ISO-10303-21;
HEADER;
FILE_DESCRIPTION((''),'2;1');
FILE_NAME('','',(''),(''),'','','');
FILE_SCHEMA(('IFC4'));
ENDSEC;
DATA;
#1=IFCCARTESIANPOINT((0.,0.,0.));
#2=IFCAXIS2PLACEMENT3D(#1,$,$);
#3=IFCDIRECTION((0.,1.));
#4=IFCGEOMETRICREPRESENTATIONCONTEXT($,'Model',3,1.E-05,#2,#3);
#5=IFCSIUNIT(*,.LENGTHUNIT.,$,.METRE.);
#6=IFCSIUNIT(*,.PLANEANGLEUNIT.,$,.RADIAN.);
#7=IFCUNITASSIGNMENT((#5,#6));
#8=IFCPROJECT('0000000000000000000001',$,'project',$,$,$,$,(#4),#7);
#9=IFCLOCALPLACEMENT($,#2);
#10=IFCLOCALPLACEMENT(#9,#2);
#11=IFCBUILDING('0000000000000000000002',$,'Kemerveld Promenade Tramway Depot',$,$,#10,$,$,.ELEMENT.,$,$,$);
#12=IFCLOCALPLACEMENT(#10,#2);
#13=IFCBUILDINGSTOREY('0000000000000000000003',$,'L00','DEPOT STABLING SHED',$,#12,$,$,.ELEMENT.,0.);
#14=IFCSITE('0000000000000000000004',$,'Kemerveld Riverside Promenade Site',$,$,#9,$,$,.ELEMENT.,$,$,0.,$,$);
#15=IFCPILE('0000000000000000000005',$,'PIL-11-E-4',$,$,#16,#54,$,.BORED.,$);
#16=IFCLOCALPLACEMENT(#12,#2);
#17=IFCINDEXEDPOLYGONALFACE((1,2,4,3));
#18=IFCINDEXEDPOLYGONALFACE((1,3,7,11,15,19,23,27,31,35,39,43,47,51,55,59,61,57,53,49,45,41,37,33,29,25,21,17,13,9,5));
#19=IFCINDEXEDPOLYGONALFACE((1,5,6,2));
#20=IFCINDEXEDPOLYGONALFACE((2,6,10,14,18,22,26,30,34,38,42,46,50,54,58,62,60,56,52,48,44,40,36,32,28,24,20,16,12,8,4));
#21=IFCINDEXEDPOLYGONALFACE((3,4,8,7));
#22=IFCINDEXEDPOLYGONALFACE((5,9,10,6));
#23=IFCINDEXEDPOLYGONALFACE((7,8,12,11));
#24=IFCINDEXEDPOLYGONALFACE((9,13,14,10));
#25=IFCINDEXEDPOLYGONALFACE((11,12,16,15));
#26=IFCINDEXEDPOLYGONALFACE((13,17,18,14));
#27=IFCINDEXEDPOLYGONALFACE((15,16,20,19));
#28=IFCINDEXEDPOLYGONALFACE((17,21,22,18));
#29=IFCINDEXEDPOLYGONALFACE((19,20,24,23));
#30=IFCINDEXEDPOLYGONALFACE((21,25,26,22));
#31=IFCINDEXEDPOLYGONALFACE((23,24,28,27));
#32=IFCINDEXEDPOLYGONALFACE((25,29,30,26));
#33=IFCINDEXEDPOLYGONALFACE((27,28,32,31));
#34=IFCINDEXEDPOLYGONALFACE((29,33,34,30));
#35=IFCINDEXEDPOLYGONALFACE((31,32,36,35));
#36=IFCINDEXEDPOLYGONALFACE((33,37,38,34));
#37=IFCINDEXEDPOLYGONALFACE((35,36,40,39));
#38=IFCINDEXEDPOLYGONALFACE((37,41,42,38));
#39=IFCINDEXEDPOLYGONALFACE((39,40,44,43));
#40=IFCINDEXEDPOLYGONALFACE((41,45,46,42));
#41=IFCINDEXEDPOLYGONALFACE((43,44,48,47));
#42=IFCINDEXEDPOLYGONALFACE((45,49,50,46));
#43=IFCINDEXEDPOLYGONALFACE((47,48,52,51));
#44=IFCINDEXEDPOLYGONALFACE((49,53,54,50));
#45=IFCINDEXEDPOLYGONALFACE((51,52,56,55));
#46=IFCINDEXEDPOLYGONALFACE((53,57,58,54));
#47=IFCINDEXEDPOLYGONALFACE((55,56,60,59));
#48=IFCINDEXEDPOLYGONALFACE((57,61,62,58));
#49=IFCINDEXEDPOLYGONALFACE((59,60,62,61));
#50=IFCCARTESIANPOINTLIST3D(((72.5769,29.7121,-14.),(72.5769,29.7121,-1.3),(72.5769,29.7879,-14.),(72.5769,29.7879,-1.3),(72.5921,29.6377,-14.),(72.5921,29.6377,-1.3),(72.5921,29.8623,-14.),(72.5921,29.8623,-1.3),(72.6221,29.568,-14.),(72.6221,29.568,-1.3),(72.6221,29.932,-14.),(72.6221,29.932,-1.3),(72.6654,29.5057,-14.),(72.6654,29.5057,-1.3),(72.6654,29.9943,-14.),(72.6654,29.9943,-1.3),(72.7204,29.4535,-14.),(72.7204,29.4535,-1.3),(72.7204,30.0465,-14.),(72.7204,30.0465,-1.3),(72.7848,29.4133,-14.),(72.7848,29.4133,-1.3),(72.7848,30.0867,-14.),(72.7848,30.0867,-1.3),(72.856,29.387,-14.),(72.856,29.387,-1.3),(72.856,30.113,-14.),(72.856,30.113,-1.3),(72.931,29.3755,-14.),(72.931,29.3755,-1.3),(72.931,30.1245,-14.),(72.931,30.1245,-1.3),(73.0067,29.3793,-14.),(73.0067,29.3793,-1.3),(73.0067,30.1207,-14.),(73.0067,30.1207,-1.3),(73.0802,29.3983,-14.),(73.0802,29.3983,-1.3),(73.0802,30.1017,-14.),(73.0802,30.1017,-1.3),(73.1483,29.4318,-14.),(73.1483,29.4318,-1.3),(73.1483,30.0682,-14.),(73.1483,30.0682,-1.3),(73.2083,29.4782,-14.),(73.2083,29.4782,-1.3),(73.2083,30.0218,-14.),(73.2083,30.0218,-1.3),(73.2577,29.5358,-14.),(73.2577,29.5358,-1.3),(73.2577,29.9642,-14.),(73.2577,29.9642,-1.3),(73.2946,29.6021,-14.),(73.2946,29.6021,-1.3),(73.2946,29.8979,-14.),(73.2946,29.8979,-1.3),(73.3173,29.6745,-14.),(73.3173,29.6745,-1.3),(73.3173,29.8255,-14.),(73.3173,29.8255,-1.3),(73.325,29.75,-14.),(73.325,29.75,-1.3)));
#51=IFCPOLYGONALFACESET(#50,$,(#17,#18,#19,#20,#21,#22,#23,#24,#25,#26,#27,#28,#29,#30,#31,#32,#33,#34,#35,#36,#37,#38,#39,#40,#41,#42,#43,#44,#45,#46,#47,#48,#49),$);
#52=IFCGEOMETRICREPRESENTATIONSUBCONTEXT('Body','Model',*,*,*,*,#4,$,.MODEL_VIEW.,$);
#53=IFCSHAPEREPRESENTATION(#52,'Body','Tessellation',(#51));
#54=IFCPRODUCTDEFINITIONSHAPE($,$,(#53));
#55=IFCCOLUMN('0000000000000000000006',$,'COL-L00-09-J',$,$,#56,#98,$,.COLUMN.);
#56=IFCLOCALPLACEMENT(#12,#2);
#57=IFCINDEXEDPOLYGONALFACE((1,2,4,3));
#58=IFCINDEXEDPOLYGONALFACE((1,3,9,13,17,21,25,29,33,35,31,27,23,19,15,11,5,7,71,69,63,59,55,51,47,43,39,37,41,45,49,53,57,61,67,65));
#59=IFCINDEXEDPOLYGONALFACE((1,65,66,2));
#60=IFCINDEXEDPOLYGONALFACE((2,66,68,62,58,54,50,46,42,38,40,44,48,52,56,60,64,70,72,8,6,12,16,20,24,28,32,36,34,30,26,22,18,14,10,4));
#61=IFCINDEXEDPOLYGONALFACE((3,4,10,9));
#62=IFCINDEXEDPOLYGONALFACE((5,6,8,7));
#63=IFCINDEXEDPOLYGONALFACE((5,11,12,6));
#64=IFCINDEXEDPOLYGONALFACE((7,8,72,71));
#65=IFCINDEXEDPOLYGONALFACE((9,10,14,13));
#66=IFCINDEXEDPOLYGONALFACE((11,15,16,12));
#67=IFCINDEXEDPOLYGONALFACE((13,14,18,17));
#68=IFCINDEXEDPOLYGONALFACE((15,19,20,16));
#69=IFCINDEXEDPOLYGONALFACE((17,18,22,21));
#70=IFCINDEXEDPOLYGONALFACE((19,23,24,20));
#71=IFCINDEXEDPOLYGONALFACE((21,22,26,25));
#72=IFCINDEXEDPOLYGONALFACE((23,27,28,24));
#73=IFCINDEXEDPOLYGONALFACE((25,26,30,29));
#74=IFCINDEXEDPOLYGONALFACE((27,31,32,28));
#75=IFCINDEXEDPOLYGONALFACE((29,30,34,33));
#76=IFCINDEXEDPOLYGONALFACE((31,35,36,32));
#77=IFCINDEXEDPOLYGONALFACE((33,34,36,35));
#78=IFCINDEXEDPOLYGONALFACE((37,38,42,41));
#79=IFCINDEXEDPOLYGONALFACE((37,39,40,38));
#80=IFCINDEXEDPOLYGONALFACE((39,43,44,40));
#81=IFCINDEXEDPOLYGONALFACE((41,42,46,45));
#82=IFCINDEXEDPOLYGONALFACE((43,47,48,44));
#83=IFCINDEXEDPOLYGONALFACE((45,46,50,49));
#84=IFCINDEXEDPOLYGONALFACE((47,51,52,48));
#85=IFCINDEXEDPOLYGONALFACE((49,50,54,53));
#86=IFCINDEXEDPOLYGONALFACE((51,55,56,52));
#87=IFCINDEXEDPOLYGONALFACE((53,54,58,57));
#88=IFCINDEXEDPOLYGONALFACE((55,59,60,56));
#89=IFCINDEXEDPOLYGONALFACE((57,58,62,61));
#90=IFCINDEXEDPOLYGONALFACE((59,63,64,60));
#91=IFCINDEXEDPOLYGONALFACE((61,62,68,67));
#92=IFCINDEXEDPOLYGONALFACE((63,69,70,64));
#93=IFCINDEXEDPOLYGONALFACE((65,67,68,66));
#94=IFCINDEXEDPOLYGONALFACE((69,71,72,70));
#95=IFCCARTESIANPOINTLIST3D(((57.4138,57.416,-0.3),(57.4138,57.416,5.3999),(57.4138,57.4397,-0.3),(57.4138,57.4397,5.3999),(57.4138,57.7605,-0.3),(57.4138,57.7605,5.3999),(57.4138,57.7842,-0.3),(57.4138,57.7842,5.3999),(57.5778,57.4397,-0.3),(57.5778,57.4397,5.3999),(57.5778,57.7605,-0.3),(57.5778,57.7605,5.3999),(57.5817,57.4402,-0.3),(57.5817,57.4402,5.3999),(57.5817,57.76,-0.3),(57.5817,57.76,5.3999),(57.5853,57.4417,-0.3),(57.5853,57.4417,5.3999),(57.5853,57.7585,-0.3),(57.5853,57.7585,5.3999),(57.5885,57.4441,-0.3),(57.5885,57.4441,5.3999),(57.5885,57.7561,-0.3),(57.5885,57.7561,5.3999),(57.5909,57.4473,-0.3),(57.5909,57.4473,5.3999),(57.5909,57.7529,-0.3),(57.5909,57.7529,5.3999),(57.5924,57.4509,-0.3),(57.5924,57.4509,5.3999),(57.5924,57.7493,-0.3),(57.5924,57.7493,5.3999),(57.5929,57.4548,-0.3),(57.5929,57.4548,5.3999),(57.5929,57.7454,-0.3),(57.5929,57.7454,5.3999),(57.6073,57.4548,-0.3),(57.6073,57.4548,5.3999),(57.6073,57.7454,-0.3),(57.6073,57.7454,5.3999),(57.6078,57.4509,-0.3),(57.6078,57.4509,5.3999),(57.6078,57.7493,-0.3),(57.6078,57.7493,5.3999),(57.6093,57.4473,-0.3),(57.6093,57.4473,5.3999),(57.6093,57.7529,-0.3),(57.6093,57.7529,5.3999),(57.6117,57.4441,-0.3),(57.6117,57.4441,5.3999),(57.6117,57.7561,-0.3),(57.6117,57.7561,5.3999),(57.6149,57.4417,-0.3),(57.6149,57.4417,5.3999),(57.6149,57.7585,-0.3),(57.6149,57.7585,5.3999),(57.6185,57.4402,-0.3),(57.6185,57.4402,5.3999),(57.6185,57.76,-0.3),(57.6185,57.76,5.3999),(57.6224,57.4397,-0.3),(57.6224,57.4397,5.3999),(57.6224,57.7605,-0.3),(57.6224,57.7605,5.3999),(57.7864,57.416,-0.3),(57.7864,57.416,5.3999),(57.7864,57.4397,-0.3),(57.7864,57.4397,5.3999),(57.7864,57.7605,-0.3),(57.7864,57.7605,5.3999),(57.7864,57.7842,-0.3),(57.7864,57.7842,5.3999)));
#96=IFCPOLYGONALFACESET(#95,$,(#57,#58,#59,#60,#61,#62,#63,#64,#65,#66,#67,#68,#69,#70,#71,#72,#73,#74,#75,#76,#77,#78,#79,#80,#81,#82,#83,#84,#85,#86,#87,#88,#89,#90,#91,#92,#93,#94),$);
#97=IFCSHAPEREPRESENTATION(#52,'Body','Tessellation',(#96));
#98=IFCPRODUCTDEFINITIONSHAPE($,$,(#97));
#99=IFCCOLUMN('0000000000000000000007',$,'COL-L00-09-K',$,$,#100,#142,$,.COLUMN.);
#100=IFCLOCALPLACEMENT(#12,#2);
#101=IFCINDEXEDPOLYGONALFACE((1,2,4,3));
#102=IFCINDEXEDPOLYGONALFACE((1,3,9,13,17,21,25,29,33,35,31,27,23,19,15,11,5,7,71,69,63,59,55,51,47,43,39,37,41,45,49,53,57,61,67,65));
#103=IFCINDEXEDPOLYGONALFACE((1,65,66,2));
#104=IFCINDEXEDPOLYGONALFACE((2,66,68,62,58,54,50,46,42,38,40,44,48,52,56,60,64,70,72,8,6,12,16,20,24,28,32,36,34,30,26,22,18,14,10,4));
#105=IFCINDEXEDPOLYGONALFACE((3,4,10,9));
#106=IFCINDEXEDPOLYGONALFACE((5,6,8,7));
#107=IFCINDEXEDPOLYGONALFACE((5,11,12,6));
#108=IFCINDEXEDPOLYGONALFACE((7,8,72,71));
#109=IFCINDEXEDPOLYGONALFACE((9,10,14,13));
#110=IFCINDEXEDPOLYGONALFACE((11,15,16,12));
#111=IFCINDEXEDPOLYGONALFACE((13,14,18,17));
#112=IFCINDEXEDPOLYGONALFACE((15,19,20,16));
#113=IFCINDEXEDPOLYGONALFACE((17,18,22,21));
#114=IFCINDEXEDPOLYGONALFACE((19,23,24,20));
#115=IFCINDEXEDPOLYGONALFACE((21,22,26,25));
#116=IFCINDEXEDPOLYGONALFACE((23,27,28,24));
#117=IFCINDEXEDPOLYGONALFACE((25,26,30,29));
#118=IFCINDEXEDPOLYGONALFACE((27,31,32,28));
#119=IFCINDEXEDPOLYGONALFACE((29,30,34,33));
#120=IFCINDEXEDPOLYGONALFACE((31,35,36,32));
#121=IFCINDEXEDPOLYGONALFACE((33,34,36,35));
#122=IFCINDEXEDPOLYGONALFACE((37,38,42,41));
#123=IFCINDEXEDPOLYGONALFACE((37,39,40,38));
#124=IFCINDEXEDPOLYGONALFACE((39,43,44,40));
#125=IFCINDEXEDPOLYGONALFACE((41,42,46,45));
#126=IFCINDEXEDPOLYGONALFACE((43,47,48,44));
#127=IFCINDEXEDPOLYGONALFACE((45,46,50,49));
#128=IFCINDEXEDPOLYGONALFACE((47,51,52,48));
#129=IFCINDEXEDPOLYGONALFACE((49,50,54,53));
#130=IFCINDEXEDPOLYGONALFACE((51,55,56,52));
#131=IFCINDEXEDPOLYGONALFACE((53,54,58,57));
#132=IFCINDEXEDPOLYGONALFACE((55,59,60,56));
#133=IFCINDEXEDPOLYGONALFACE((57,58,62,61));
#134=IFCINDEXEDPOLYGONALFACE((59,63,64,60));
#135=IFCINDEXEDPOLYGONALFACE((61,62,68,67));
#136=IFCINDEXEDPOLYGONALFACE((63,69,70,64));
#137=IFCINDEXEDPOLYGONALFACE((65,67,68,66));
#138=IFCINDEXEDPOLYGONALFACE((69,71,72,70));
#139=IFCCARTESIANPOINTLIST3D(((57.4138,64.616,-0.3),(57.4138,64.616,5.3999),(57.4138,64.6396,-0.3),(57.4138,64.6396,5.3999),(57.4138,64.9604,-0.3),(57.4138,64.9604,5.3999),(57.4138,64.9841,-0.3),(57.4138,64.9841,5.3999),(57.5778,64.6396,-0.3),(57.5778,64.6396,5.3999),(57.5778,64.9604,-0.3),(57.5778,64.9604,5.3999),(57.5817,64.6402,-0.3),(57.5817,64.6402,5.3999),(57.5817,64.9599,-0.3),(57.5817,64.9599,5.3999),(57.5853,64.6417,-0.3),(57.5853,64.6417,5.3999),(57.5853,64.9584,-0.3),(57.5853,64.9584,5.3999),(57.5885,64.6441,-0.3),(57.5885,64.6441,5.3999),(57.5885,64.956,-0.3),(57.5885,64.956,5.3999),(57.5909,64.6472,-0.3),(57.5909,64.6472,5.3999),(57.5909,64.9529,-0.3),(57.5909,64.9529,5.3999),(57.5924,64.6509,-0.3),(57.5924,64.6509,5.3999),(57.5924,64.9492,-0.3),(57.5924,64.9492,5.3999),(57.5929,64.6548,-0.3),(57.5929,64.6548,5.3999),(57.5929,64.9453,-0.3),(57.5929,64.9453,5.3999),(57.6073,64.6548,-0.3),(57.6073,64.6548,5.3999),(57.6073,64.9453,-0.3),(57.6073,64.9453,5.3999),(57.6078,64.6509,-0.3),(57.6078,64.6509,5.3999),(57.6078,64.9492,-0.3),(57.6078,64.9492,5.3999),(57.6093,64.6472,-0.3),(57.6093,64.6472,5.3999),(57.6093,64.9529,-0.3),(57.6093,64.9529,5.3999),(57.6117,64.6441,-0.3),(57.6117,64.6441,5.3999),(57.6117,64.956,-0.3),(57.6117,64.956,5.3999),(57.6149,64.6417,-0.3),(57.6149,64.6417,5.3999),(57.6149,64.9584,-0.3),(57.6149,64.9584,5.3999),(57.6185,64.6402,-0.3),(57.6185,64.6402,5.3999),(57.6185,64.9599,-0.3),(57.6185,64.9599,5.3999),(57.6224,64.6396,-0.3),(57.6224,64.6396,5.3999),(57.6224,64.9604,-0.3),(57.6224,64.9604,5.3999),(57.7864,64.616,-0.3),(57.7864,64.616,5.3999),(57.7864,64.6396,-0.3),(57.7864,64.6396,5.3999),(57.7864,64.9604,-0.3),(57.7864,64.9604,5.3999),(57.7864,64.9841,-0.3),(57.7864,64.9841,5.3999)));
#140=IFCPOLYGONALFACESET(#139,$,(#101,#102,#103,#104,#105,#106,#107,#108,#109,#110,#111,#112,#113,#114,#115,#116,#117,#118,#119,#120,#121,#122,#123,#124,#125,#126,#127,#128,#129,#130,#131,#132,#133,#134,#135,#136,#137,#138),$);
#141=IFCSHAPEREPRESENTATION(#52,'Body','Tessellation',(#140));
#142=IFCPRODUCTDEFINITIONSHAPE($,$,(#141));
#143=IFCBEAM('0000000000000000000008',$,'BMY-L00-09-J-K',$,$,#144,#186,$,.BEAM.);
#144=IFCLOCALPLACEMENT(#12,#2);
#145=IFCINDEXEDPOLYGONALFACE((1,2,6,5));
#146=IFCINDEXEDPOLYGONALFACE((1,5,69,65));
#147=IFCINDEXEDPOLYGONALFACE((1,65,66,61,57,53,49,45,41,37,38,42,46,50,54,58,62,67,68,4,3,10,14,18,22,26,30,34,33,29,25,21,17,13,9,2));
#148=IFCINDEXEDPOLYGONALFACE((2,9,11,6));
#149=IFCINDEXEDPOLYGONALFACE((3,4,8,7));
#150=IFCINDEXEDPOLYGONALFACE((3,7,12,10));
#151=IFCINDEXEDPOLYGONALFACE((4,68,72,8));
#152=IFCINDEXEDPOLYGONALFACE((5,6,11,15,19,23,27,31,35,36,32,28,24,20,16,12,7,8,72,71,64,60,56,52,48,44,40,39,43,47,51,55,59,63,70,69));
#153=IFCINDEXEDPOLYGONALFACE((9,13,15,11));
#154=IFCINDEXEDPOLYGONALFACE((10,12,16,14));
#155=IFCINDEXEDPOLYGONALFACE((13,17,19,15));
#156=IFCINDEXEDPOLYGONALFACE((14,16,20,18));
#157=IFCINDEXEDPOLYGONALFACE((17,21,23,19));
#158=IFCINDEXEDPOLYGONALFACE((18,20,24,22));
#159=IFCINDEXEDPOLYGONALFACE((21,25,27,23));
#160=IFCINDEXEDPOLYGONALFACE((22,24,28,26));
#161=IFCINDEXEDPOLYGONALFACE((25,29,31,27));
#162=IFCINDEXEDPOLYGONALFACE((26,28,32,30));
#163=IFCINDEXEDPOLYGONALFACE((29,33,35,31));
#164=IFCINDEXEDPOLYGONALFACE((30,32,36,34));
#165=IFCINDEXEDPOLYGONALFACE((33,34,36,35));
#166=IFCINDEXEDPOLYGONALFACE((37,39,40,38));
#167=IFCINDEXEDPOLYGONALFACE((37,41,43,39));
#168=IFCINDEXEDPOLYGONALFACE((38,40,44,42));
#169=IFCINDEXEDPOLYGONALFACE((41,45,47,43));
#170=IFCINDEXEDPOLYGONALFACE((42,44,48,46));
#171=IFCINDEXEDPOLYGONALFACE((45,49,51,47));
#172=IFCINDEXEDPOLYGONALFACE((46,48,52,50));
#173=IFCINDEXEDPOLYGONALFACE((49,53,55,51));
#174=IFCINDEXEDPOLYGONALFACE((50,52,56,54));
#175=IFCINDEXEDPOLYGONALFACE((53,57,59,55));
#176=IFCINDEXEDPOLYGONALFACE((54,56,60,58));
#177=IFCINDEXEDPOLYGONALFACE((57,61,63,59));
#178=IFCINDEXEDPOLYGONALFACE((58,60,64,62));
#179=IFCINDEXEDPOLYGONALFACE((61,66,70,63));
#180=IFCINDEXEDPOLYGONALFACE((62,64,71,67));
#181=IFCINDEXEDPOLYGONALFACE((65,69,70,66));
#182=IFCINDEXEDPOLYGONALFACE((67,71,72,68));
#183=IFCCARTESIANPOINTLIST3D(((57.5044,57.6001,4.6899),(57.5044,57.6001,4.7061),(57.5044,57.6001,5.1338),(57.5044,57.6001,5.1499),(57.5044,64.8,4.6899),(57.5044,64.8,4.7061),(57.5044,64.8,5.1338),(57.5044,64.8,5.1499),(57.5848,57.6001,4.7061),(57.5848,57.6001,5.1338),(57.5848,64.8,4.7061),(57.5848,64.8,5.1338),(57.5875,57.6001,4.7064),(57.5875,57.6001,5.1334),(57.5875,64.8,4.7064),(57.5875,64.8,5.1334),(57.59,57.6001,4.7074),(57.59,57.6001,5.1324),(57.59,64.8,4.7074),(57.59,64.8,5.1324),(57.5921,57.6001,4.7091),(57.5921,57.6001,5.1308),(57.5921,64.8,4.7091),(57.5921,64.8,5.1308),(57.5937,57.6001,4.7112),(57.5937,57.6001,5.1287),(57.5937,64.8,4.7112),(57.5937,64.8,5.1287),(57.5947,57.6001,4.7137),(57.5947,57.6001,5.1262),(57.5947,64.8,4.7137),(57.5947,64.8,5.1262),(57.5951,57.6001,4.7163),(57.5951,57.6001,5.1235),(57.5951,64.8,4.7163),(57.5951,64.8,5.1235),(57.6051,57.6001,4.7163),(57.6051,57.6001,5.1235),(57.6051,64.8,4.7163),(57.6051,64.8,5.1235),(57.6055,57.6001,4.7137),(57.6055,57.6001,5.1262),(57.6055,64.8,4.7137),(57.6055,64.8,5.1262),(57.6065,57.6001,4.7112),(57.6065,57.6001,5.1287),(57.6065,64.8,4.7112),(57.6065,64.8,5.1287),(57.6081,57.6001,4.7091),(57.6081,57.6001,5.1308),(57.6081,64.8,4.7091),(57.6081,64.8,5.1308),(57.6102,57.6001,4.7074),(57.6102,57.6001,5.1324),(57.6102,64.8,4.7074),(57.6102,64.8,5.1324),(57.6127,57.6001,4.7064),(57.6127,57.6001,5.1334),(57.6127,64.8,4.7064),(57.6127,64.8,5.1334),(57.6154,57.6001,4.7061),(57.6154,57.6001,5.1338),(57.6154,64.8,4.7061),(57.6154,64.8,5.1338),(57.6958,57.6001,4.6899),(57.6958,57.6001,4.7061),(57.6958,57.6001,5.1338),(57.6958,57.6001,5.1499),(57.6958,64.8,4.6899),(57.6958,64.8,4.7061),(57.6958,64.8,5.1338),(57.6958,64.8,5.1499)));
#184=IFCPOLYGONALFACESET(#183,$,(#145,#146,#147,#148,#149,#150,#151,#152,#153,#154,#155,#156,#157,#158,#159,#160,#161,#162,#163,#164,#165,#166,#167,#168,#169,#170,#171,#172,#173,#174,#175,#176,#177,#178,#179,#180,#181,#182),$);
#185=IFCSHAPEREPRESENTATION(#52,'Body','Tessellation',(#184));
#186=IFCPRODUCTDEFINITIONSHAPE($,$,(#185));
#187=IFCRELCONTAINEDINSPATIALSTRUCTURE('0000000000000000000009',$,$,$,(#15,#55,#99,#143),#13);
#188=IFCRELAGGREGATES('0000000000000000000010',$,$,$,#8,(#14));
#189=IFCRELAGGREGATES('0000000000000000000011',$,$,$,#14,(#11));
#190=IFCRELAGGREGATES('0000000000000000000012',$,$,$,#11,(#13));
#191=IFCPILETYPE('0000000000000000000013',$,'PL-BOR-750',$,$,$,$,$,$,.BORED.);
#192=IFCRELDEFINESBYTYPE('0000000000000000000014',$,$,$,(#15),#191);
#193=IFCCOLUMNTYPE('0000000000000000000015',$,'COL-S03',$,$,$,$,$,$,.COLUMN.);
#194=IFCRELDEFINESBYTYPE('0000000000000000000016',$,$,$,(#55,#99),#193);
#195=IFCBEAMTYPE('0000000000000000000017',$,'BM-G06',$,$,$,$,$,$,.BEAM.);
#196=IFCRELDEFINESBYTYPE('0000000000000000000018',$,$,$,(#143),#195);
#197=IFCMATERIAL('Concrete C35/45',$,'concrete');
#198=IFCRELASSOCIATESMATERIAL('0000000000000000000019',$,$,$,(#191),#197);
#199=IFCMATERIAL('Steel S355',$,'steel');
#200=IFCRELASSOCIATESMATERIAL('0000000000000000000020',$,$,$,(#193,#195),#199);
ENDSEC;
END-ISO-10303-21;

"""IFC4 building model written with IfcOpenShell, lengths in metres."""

from ifc_helpers import new_model, si_unit, direction, frame, origin, origin_2d, place, context, subcontext, project, spatial, circle, i_section, extrude, material, material_profile, profile_set, type_object, element, save


model = new_model("IFC4")

# Units and contexts
model_context = context("Model", 3, precision=1e-05, world=origin(), true_north=direction((0.0, 1.0)))
body_context = subcontext(model_context, "Body", "Model", "MODEL_VIEW")
ifc_project = project(units=[si_unit("LENGTHUNIT", "METRE"), si_unit("PLANEANGLEUNIT", "RADIAN")], contexts=[model_context])

# Site, building, storey
site_placement = place(None, origin())
site = spatial("IfcSite", under=ifc_project, at=site_placement, Name="Kemerveld Riverside Promenade Site", CompositionType="ELEMENT", RefElevation=0.0)
building_placement = place(site_placement, origin())
building = spatial("IfcBuilding", under=site, at=building_placement, Name="Kemerveld Promenade Tramway Depot", CompositionType="ELEMENT")
storey_placement = place(building_placement, origin())
storey = spatial("IfcBuildingStorey", under=building, at=storey_placement, Name="L00", Description="DEPOT STABLING SHED", CompositionType="ELEMENT", Elevation=0.0)

# Shared definitions
ifc_material_1 = material(Name="Concrete C35/45", Category="concrete")

# Pile
ifc_material_profile_1 = material_profile(ifc_material_1, circle(Radius=0.375, at=origin_2d()), Name="PILE-D750")
ifc_profile_set_1 = profile_set([ifc_material_profile_1], Name="Concrete C35/45")
pile_type_1 = type_object("IfcPileType", Name="PL-BOR-750", PredefinedType="BORED", material=ifc_profile_set_1)
for number, where, z_axis, x_axis, name in (
    (1, (72.95, 29.75, -1.3), (0.0, 0.0, -1.0), (1.0, 0.0, 0.0), "PIL-11-E-4"),
):
    element("IfcPile", number, at=place(storey_placement, frame(where, z_axis=z_axis, x_axis=x_axis)), inside=storey, type_object=pile_type_1, Name=name, PredefinedType="BORED", context=body_context, shape_type="SweptSolid", body=[
        extrude(circle(Radius=0.375, at=origin_2d()), origin(), (0.0, 0.0, 1.0), 12.7),
    ])

# Columns
ifc_material_2 = material(Name="Steel S355", Category="steel")
ifc_material_profile_2 = material_profile(ifc_material_2, i_section(OverallWidth=0.3726, OverallDepth=0.3682, WebThickness=0.0144, FlangeThickness=0.0237, FilletRadius=0.0151, at=origin_2d()), Name="356x368x177 UC")
ifc_profile_set_2 = profile_set([ifc_material_profile_2], Name="Steel S355")
column_type = type_object("IfcColumnType", Name="COL-S03", PredefinedType="COLUMN", material=ifc_profile_set_2)
for number, where, z_axis, x_axis, name in (
    (2, (57.6001, 57.6001, -0.3), (0.0, 0.0, 1.0), (1.0, 0.0, 0.0), "COL-L00-09-J"),
    (3, (57.6001, 64.8, -0.3), (0.0, 0.0, 1.0), (1.0, 0.0, 0.0), "COL-L00-09-K"),
):
    element("IfcColumn", number, at=place(storey_placement, frame(where, z_axis=z_axis, x_axis=x_axis)), inside=storey, type_object=column_type, Name=name, PredefinedType="COLUMN", context=body_context, shape_type="SweptSolid", body=[
        extrude(i_section(OverallWidth=0.3726, OverallDepth=0.3682, WebThickness=0.0144, FlangeThickness=0.0237, FilletRadius=0.0151, at=origin_2d()), origin(), (0.0, 0.0, 1.0), 5.7),
    ])

# Beam
ifc_material_profile_3 = material_profile(ifc_material_2, i_section(OverallWidth=0.1914, OverallDepth=0.46, WebThickness=0.01, FlangeThickness=0.0161, FilletRadius=0.0103, at=origin_2d()), Name="457x191x82 UB")
ifc_profile_set_3 = profile_set([ifc_material_profile_3], Name="Steel S355")
beam_type_1 = type_object("IfcBeamType", Name="BM-G06", PredefinedType="BEAM", material=ifc_profile_set_3)
beam_1_placement = place(storey_placement, frame((57.6001, 57.6001, 4.9199), z_axis=(0.0, 1.0, 0.0), x_axis=(-1.0, 0.0, 0.0)))
element("IfcBeam", 4, at=beam_1_placement, inside=storey, type_object=beam_type_1, Name="BMY-L00-09-J-K", PredefinedType="BEAM", context=body_context, shape_type="SweptSolid", body=[
    extrude(i_section(OverallWidth=0.1914, OverallDepth=0.46, WebThickness=0.01, FlangeThickness=0.0161, FilletRadius=0.0103, at=origin_2d()), origin(), (0.0, 0.0, 1.0), 7.2),
])

save(model, "model.ifc")
